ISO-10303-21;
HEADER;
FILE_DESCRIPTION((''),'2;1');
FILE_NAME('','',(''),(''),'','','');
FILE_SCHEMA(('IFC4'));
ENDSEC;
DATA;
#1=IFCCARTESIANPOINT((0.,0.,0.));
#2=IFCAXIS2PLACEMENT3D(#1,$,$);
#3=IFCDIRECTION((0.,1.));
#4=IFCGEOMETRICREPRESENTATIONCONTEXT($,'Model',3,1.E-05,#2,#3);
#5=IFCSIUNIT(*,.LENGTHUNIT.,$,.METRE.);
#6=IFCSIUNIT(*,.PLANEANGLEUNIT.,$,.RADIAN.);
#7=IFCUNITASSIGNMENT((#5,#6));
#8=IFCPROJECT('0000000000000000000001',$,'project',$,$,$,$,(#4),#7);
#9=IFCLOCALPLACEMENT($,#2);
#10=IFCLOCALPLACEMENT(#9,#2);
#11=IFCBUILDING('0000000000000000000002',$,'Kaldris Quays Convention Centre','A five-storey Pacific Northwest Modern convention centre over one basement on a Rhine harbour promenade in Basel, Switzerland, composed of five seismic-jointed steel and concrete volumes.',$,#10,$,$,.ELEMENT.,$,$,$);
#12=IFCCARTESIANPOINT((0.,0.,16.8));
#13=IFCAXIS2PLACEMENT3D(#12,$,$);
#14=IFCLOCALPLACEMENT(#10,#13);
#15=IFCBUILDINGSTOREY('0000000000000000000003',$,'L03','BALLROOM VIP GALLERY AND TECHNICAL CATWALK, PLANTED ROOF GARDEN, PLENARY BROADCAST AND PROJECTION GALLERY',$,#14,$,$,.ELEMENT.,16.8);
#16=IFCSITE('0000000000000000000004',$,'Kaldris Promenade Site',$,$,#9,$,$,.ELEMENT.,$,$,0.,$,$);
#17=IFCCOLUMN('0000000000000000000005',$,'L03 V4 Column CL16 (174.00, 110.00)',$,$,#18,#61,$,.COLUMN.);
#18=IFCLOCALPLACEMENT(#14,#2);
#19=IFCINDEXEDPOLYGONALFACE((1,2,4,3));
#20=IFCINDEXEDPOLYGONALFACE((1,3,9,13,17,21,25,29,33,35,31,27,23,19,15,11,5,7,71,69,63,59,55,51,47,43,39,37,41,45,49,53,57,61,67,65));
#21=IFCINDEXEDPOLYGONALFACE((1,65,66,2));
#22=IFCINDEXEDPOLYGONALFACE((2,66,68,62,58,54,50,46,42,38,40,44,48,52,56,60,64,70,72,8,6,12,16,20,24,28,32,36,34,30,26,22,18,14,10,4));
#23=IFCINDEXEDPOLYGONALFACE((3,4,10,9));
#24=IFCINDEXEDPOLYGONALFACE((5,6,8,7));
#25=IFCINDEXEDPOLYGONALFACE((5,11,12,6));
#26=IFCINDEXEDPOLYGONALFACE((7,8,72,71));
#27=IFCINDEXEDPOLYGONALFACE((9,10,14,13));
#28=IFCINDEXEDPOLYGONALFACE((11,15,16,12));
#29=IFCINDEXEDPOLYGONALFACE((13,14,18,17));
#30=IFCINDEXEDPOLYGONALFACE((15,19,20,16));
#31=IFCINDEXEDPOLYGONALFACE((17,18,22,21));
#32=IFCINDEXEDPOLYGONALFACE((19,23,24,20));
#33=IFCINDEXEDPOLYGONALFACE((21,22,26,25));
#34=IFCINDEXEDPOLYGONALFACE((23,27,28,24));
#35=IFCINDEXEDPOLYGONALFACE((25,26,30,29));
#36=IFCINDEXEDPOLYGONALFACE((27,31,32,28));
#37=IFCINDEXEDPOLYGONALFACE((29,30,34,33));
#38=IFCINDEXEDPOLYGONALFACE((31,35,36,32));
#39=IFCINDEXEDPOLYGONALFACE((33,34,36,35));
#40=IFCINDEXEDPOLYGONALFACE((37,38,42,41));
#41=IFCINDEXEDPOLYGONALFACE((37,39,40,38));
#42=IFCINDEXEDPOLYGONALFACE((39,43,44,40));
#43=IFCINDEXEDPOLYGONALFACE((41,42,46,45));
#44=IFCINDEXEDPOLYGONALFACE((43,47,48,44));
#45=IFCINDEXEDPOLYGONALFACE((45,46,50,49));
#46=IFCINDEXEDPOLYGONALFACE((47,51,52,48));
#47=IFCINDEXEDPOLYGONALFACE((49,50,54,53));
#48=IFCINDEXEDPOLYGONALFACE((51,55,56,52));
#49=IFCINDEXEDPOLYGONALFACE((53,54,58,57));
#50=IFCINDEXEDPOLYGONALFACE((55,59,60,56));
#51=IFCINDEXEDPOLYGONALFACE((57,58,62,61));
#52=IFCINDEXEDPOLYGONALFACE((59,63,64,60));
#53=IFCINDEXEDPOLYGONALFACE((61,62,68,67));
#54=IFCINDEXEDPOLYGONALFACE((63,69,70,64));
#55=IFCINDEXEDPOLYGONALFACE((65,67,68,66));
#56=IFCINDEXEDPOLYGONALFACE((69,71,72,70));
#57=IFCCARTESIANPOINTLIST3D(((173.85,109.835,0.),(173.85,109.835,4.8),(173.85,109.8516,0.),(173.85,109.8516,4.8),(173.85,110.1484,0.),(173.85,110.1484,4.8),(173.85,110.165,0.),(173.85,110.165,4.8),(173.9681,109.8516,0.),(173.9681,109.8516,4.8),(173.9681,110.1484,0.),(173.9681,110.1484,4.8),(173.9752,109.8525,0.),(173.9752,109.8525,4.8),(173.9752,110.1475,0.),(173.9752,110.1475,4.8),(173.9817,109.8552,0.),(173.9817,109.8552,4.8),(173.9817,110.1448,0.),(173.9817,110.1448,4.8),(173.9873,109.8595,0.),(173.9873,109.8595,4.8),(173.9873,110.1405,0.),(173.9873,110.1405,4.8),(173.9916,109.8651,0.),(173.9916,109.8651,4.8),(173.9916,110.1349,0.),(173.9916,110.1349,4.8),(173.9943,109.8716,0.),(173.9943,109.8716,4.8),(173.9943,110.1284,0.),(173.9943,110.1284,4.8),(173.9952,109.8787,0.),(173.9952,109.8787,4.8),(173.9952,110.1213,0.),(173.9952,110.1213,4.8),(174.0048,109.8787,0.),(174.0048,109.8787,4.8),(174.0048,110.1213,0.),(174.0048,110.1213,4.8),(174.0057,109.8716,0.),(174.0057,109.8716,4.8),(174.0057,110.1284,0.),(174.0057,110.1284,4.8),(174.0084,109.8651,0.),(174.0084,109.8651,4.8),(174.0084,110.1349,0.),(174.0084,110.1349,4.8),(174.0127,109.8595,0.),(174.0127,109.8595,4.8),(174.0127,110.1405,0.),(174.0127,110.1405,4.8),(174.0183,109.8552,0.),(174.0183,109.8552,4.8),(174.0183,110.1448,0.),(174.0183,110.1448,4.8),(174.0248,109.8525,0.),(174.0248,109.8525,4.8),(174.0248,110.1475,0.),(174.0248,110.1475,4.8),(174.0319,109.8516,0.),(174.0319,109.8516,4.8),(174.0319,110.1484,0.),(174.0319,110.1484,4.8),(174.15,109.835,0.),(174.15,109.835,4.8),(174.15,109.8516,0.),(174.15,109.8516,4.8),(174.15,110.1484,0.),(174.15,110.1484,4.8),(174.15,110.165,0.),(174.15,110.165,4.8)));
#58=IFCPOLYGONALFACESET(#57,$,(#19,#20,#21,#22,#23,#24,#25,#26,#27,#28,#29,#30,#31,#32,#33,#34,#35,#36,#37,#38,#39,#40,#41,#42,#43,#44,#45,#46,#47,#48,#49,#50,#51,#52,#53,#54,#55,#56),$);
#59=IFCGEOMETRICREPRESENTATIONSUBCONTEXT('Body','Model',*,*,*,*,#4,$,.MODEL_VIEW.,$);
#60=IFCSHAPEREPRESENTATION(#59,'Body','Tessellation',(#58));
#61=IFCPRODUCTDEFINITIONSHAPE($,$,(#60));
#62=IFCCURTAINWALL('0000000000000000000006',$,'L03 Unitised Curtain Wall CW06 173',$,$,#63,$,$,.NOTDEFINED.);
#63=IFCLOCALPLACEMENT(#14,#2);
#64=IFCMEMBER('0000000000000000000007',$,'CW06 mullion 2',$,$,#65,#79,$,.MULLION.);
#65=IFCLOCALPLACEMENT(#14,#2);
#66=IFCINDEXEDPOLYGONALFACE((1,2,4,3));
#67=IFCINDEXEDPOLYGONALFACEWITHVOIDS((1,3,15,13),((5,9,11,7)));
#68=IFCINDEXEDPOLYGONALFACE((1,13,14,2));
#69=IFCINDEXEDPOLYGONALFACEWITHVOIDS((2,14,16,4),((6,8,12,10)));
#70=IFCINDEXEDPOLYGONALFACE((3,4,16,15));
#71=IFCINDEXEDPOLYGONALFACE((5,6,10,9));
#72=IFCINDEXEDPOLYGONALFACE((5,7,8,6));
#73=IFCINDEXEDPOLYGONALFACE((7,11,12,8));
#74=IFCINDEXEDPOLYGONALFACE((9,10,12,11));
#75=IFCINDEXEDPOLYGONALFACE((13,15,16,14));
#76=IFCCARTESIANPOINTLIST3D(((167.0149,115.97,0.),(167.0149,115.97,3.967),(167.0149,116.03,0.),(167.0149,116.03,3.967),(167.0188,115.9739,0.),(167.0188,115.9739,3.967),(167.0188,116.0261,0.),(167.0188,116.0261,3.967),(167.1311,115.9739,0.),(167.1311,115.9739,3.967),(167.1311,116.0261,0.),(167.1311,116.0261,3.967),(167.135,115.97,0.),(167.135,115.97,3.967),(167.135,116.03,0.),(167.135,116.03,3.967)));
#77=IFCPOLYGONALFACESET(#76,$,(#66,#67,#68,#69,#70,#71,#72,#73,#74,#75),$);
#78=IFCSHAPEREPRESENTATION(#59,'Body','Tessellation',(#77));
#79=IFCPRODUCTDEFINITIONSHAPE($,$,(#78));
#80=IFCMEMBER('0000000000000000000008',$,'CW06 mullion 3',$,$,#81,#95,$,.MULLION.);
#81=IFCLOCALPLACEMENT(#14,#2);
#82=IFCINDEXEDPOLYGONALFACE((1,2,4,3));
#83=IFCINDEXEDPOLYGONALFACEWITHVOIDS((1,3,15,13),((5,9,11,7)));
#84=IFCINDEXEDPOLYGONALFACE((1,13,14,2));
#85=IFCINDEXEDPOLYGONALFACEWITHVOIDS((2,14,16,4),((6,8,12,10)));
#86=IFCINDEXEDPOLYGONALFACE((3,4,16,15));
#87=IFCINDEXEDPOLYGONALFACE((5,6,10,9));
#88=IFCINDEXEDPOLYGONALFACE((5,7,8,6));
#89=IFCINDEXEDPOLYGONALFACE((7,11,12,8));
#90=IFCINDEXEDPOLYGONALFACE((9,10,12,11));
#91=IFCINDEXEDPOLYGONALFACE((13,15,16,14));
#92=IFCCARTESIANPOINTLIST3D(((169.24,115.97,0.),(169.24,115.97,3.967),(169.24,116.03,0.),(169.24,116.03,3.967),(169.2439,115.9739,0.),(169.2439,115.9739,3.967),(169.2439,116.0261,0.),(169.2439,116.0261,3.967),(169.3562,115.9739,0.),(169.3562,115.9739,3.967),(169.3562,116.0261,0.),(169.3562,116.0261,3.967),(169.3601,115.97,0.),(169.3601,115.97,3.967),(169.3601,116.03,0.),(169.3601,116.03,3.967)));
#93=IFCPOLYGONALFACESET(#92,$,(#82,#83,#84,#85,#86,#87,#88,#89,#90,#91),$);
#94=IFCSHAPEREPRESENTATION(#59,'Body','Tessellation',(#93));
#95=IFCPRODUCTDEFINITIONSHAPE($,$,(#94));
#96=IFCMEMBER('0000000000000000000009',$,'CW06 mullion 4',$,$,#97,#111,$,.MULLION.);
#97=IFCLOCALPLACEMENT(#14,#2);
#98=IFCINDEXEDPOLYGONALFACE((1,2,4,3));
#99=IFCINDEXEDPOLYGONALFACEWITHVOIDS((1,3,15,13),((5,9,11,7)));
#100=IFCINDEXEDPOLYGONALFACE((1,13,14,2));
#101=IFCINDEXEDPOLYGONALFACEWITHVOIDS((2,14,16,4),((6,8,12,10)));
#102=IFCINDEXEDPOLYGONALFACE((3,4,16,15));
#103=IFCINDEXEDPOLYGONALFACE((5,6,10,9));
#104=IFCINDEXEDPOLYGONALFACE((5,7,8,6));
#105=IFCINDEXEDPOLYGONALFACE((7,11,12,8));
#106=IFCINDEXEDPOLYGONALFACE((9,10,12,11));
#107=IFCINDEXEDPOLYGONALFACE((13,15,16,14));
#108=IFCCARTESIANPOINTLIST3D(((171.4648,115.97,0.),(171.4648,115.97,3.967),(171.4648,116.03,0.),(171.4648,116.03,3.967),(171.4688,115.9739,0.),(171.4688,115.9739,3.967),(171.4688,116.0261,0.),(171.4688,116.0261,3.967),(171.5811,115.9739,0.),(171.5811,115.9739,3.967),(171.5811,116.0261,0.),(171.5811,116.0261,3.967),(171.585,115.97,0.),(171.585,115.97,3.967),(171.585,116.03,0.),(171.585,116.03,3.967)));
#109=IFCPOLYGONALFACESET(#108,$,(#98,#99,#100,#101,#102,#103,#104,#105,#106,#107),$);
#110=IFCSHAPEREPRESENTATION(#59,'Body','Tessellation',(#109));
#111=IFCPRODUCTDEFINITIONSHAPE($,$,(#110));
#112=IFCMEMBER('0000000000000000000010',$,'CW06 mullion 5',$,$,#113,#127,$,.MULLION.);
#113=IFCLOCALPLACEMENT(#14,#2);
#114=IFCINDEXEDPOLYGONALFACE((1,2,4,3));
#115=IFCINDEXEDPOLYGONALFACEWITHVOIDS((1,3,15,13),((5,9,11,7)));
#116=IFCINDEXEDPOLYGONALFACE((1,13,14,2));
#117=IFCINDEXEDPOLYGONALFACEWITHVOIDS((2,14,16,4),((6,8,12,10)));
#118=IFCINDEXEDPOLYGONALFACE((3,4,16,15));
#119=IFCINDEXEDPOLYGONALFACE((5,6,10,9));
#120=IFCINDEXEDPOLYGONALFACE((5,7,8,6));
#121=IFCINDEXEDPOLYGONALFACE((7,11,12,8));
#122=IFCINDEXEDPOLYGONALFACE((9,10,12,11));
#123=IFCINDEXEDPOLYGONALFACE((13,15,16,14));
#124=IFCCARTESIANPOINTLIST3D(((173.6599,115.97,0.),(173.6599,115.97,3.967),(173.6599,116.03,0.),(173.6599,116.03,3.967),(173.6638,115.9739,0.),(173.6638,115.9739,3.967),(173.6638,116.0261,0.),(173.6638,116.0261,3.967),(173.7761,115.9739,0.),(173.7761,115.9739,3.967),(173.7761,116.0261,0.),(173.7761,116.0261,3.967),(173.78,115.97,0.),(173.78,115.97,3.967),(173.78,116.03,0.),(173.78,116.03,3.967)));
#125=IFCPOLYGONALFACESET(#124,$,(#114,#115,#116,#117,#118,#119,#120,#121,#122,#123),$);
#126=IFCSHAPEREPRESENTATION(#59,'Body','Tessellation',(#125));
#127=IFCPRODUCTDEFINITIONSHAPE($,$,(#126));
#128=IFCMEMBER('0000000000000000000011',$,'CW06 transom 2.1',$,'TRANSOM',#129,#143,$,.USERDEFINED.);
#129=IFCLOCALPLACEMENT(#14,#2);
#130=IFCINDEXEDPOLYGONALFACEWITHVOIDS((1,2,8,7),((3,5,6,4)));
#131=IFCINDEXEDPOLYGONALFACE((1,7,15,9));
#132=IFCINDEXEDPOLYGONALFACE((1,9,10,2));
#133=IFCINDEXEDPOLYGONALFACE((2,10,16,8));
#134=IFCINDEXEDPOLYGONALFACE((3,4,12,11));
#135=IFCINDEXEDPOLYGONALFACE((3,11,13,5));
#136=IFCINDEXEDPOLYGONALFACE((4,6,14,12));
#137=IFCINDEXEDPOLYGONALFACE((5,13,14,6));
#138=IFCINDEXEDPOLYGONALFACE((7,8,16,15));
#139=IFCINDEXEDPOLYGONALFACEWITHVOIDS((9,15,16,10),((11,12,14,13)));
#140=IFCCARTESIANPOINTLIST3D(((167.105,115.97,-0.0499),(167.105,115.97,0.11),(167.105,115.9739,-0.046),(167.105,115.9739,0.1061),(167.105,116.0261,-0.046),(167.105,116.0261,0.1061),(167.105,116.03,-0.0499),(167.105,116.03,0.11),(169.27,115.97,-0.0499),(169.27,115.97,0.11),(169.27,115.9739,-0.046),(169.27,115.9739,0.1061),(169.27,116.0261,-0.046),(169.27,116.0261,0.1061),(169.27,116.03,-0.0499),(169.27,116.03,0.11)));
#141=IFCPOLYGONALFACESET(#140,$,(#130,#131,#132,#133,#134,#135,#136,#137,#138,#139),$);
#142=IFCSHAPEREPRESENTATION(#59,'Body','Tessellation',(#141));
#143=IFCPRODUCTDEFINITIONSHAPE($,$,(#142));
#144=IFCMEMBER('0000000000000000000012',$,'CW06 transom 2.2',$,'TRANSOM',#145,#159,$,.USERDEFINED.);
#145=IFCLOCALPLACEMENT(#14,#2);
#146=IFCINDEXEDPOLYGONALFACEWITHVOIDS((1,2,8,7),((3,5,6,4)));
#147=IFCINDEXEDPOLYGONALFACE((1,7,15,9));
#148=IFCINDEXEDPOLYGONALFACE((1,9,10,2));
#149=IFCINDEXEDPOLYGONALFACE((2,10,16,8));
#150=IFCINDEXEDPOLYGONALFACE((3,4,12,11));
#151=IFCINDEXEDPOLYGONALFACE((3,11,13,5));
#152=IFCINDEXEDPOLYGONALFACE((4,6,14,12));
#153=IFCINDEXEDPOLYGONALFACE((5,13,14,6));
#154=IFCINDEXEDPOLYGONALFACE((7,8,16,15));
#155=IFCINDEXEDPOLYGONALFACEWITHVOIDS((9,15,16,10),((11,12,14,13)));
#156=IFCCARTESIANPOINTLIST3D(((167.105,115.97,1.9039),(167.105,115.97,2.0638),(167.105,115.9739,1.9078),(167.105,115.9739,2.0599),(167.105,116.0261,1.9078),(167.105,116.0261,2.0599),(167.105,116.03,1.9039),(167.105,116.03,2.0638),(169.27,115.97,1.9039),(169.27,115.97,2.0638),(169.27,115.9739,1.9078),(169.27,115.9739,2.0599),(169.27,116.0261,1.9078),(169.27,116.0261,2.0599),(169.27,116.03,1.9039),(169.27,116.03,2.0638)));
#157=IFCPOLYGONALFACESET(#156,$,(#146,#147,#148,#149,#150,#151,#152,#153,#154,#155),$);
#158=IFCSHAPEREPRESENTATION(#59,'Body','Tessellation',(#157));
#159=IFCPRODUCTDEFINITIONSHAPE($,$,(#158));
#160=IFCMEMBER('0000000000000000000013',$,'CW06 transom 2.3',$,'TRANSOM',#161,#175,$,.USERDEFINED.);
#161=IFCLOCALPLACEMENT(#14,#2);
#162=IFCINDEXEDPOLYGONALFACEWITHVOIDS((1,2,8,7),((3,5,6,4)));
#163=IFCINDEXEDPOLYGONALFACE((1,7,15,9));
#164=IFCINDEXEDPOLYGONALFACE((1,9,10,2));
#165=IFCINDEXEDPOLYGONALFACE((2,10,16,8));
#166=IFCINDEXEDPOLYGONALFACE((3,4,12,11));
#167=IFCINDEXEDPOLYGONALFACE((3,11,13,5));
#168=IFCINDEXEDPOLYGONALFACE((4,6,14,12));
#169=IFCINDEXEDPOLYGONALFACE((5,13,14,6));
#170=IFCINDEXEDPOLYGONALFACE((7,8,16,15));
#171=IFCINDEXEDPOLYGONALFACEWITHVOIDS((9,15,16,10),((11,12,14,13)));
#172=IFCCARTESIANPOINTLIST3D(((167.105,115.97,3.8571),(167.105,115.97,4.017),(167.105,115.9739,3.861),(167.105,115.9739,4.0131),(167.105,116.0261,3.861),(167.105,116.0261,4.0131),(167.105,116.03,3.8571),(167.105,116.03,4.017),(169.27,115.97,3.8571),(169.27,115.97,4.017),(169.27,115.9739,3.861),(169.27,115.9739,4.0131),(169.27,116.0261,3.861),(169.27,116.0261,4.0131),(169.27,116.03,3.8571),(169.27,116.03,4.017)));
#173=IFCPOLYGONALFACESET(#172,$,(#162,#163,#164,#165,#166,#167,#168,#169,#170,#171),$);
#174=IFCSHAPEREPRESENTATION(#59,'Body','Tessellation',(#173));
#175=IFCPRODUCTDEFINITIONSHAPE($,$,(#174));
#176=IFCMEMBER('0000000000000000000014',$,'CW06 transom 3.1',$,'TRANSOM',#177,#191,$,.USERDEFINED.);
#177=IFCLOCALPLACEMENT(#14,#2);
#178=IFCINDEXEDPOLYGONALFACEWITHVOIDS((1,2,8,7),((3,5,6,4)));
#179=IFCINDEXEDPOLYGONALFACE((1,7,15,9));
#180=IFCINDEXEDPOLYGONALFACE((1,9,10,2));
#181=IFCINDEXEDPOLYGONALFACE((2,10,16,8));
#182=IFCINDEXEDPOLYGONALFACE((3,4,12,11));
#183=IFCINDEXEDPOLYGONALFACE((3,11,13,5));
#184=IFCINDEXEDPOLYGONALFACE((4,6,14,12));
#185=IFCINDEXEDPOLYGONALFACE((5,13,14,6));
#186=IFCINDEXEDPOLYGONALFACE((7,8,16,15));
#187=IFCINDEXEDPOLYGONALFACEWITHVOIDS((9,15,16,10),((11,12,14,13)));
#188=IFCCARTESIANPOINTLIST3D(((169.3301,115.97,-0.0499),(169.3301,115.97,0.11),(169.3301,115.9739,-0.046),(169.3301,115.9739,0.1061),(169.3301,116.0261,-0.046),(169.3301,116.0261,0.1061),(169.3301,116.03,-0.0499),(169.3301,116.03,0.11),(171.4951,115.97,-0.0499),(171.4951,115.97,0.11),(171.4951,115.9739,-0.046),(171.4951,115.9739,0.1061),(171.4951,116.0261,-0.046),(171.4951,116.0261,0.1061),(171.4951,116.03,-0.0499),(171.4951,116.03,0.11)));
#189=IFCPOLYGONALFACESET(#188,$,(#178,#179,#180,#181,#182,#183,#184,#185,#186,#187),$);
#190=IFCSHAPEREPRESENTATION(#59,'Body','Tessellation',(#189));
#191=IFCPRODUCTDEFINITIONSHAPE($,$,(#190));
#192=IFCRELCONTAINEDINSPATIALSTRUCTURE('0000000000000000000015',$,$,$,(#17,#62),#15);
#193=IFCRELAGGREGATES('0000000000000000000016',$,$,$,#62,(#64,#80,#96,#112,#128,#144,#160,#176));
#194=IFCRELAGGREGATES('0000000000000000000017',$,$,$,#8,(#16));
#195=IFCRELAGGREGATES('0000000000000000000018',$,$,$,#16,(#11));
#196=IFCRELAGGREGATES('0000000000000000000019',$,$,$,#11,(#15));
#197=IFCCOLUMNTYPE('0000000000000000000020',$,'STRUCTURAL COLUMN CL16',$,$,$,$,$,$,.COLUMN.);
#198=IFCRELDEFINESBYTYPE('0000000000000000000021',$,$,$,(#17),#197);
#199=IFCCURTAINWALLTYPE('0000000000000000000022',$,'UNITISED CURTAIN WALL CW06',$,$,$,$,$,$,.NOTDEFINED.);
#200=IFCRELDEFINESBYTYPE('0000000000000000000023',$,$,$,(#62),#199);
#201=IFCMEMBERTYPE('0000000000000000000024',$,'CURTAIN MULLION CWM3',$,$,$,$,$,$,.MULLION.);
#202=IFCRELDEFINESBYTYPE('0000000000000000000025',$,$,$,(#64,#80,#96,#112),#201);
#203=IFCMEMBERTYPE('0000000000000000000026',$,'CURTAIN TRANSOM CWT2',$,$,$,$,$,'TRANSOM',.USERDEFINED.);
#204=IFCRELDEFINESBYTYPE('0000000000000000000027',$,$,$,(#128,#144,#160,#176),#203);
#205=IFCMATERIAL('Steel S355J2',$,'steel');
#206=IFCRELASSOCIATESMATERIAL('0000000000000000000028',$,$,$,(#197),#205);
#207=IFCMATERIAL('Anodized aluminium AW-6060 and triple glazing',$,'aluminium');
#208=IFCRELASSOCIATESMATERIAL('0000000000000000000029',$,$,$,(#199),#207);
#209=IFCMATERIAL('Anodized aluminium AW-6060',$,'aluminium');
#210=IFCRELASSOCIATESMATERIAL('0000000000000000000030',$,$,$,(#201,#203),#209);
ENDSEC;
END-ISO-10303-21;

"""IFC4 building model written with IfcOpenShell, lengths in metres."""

from ifc_helpers import new_model, si_unit, direction, frame, origin, origin_2d, place, context, subcontext, project, spatial, hollow_rectangle, i_section, extrude, material, material_profile, profile_set, type_object, element, aggregate, save


model = new_model("IFC4")

# Units and contexts
model_context = context("Model", 3, precision=1e-05, world=origin(), true_north=direction((0.0, 1.0)))
body_context = subcontext(model_context, "Body", "Model", "MODEL_VIEW")
ifc_project = project(units=[si_unit("LENGTHUNIT", "METRE"), si_unit("PLANEANGLEUNIT", "RADIAN")], contexts=[model_context])

# Site, building, storey
site_placement = place(None, origin())
site = spatial("IfcSite", under=ifc_project, at=site_placement, Name="Kaldris Promenade Site", CompositionType="ELEMENT", RefElevation=0.0)
building_placement = place(site_placement, origin())
building = spatial("IfcBuilding", under=site, at=building_placement, Name="Kaldris Quays Convention Centre", Description="A five-storey Pacific Northwest Modern convention centre over one basement on a Rhine harbour promenade in Basel, Switzerland, composed of five seismic-jointed steel and concrete volumes.", CompositionType="ELEMENT")
storey_placement = place(building_placement, frame((0.0, 0.0, 16.8)))
storey = spatial("IfcBuildingStorey", under=building, at=storey_placement, Name="L03", Description="BALLROOM VIP GALLERY AND TECHNICAL CATWALK, PLANTED ROOF GARDEN, PLENARY BROADCAST AND PROJECTION GALLERY", CompositionType="ELEMENT", Elevation=16.8)

# Column
ifc_material_1 = material(Name="Steel S355J2", Category="steel")
ifc_material_profile_1 = material_profile(ifc_material_1, i_section(OverallWidth=0.3, OverallDepth=0.3301, WebThickness=0.0095, FlangeThickness=0.0166, FilletRadius=0.0271, at=origin_2d()), Name="HEA 340")
ifc_profile_set_1 = profile_set([ifc_material_profile_1], Name="Steel S355J2")
column_type = type_object("IfcColumnType", Name="STRUCTURAL COLUMN CL16", PredefinedType="COLUMN", material=ifc_profile_set_1)
column_placement = place(storey_placement, frame((174.0, 110.0, 0.0), z_axis=(0.0, 0.0, 1.0), x_axis=(1.0, 0.0, 0.0)))
element("IfcColumn", 1, at=column_placement, inside=storey, type_object=column_type, Name="L03 V4 Column CL16 (174.00, 110.00)", PredefinedType="COLUMN", context=body_context, shape_type="SweptSolid", body=[
    extrude(i_section(OverallWidth=0.3, OverallDepth=0.3301, WebThickness=0.0095, FlangeThickness=0.0166, FilletRadius=0.0271, at=origin_2d()), origin(), (0.0, 0.0, 1.0), 4.8),
])

# Curtain wall, members
ifc_material_2 = material(Name="Anodized aluminium AW-6060 and triple glazing", Category="aluminium")
curtain_wall_type = type_object("IfcCurtainWallType", Name="UNITISED CURTAIN WALL CW06", PredefinedType="NOTDEFINED", material=ifc_material_2)
curtain_wall_placement = place(storey_placement, origin())
curtain_wall = element("IfcCurtainWall", 2, at=curtain_wall_placement, inside=storey, type_object=curtain_wall_type, Name="L03 Unitised Curtain Wall CW06 173", PredefinedType="NOTDEFINED")
ifc_material_3 = material(Name="Anodized aluminium AW-6060", Category="aluminium")
ifc_material_profile_2 = material_profile(ifc_material_3, hollow_rectangle(XDim=0.0601, YDim=0.1201, WallThickness=0.0039, at=origin_2d()), Name="RHS 120x60x4")
ifc_profile_set_2 = profile_set([ifc_material_profile_2], Name="Anodized aluminium AW-6060")
member_type_1 = type_object("IfcMemberType", Name="CURTAIN MULLION CWM3", PredefinedType="MULLION", material=ifc_profile_set_2)
member_1_placement = place(storey_placement, frame((167.075, 116.0, 0.0), z_axis=(0.0, 0.0, 1.0), x_axis=(0.0, 1.0, 0.0)))
member_1 = element("IfcMember", 3, at=member_1_placement, type_object=member_type_1, Name="CW06 mullion 2", PredefinedType="MULLION", context=body_context, shape_type="SweptSolid", body=[
    extrude(hollow_rectangle(XDim=0.0601, YDim=0.1201, WallThickness=0.0039, at=origin_2d()), origin(), (0.0, 0.0, 1.0), 3.967),
])
member_2_placement = place(storey_placement, frame((169.3, 116.0, 0.0), z_axis=(0.0, 0.0, 1.0), x_axis=(0.0, 1.0, 0.0)))
member_2 = element("IfcMember", 4, at=member_2_placement, type_object=member_type_1, Name="CW06 mullion 3", PredefinedType="MULLION", context=body_context, shape_type="SweptSolid", body=[
    extrude(hollow_rectangle(XDim=0.0601, YDim=0.1201, WallThickness=0.0039, at=origin_2d()), origin(), (0.0, 0.0, 1.0), 3.967),
])
member_3_placement = place(storey_placement, frame((171.5249, 116.0, 0.0), z_axis=(0.0, 0.0, 1.0), x_axis=(0.0, 1.0, 0.0)))
member_3 = element("IfcMember", 5, at=member_3_placement, type_object=member_type_1, Name="CW06 mullion 4", PredefinedType="MULLION", context=body_context, shape_type="SweptSolid", body=[
    extrude(hollow_rectangle(XDim=0.0601, YDim=0.1201, WallThickness=0.0039, at=origin_2d()), origin(), (0.0, 0.0, 1.0), 3.967),
])
member_4_placement = place(storey_placement, frame((173.72, 116.0, 0.0), z_axis=(0.0, 0.0, 1.0), x_axis=(0.0, 1.0, 0.0)))
member_4 = element("IfcMember", 6, at=member_4_placement, type_object=member_type_1, Name="CW06 mullion 5", PredefinedType="MULLION", context=body_context, shape_type="SweptSolid", body=[
    extrude(hollow_rectangle(XDim=0.0601, YDim=0.1201, WallThickness=0.0039, at=origin_2d()), origin(), (0.0, 0.0, 1.0), 3.967),
])
ifc_material_profile_3 = material_profile(ifc_material_3, hollow_rectangle(XDim=0.0601, YDim=0.1599, WallThickness=0.0039, at=origin_2d()), Name="RHS 160x60x4")
ifc_profile_set_3 = profile_set([ifc_material_profile_3], Name="Anodized aluminium AW-6060")
member_type_2 = type_object("IfcMemberType", Name="CURTAIN TRANSOM CWT2", ElementType="TRANSOM", PredefinedType="USERDEFINED", material=ifc_profile_set_3)
member_5_placement = place(storey_placement, frame((167.105, 116.0, 0.03), z_axis=(1.0, 0.0, 0.0), x_axis=(0.0, 1.0, 0.0)))
member_5 = element("IfcMember", 7, at=member_5_placement, type_object=member_type_2, Name="CW06 transom 2.1", ObjectType="TRANSOM", PredefinedType="USERDEFINED", context=body_context, shape_type="SweptSolid", body=[
    extrude(hollow_rectangle(XDim=0.0601, YDim=0.1599, WallThickness=0.0039, at=origin_2d()), origin(), (0.0, 0.0, 1.0), 2.165),
])
member_6_placement = place(storey_placement, frame((167.105, 116.0, 1.9839), z_axis=(1.0, 0.0, 0.0), x_axis=(0.0, 1.0, 0.0)))
member_6 = element("IfcMember", 8, at=member_6_placement, type_object=member_type_2, Name="CW06 transom 2.2", ObjectType="TRANSOM", PredefinedType="USERDEFINED", context=body_context, shape_type="SweptSolid", body=[
    extrude(hollow_rectangle(XDim=0.0601, YDim=0.1599, WallThickness=0.0039, at=origin_2d()), origin(), (0.0, 0.0, 1.0), 2.165),
])
member_7_placement = place(storey_placement, frame((167.105, 116.0, 3.937), z_axis=(1.0, 0.0, 0.0), x_axis=(0.0, 1.0, 0.0)))
member_7 = element("IfcMember", 9, at=member_7_placement, type_object=member_type_2, Name="CW06 transom 2.3", ObjectType="TRANSOM", PredefinedType="USERDEFINED", context=body_context, shape_type="SweptSolid", body=[
    extrude(hollow_rectangle(XDim=0.0601, YDim=0.1599, WallThickness=0.0039, at=origin_2d()), origin(), (0.0, 0.0, 1.0), 2.165),
])
member_8_placement = place(storey_placement, frame((169.3301, 116.0, 0.03), z_axis=(1.0, 0.0, 0.0), x_axis=(0.0, 1.0, 0.0)))
member_8 = element("IfcMember", 10, at=member_8_placement, type_object=member_type_2, Name="CW06 transom 3.1", ObjectType="TRANSOM", PredefinedType="USERDEFINED", context=body_context, shape_type="SweptSolid", body=[
    extrude(hollow_rectangle(XDim=0.0601, YDim=0.1599, WallThickness=0.0039, at=origin_2d()), origin(), (0.0, 0.0, 1.0), 2.165),
])

aggregate(curtain_wall, [member_1, member_2, member_3, member_4, member_5, member_6, member_7, member_8])

save(model, "model.ifc")
